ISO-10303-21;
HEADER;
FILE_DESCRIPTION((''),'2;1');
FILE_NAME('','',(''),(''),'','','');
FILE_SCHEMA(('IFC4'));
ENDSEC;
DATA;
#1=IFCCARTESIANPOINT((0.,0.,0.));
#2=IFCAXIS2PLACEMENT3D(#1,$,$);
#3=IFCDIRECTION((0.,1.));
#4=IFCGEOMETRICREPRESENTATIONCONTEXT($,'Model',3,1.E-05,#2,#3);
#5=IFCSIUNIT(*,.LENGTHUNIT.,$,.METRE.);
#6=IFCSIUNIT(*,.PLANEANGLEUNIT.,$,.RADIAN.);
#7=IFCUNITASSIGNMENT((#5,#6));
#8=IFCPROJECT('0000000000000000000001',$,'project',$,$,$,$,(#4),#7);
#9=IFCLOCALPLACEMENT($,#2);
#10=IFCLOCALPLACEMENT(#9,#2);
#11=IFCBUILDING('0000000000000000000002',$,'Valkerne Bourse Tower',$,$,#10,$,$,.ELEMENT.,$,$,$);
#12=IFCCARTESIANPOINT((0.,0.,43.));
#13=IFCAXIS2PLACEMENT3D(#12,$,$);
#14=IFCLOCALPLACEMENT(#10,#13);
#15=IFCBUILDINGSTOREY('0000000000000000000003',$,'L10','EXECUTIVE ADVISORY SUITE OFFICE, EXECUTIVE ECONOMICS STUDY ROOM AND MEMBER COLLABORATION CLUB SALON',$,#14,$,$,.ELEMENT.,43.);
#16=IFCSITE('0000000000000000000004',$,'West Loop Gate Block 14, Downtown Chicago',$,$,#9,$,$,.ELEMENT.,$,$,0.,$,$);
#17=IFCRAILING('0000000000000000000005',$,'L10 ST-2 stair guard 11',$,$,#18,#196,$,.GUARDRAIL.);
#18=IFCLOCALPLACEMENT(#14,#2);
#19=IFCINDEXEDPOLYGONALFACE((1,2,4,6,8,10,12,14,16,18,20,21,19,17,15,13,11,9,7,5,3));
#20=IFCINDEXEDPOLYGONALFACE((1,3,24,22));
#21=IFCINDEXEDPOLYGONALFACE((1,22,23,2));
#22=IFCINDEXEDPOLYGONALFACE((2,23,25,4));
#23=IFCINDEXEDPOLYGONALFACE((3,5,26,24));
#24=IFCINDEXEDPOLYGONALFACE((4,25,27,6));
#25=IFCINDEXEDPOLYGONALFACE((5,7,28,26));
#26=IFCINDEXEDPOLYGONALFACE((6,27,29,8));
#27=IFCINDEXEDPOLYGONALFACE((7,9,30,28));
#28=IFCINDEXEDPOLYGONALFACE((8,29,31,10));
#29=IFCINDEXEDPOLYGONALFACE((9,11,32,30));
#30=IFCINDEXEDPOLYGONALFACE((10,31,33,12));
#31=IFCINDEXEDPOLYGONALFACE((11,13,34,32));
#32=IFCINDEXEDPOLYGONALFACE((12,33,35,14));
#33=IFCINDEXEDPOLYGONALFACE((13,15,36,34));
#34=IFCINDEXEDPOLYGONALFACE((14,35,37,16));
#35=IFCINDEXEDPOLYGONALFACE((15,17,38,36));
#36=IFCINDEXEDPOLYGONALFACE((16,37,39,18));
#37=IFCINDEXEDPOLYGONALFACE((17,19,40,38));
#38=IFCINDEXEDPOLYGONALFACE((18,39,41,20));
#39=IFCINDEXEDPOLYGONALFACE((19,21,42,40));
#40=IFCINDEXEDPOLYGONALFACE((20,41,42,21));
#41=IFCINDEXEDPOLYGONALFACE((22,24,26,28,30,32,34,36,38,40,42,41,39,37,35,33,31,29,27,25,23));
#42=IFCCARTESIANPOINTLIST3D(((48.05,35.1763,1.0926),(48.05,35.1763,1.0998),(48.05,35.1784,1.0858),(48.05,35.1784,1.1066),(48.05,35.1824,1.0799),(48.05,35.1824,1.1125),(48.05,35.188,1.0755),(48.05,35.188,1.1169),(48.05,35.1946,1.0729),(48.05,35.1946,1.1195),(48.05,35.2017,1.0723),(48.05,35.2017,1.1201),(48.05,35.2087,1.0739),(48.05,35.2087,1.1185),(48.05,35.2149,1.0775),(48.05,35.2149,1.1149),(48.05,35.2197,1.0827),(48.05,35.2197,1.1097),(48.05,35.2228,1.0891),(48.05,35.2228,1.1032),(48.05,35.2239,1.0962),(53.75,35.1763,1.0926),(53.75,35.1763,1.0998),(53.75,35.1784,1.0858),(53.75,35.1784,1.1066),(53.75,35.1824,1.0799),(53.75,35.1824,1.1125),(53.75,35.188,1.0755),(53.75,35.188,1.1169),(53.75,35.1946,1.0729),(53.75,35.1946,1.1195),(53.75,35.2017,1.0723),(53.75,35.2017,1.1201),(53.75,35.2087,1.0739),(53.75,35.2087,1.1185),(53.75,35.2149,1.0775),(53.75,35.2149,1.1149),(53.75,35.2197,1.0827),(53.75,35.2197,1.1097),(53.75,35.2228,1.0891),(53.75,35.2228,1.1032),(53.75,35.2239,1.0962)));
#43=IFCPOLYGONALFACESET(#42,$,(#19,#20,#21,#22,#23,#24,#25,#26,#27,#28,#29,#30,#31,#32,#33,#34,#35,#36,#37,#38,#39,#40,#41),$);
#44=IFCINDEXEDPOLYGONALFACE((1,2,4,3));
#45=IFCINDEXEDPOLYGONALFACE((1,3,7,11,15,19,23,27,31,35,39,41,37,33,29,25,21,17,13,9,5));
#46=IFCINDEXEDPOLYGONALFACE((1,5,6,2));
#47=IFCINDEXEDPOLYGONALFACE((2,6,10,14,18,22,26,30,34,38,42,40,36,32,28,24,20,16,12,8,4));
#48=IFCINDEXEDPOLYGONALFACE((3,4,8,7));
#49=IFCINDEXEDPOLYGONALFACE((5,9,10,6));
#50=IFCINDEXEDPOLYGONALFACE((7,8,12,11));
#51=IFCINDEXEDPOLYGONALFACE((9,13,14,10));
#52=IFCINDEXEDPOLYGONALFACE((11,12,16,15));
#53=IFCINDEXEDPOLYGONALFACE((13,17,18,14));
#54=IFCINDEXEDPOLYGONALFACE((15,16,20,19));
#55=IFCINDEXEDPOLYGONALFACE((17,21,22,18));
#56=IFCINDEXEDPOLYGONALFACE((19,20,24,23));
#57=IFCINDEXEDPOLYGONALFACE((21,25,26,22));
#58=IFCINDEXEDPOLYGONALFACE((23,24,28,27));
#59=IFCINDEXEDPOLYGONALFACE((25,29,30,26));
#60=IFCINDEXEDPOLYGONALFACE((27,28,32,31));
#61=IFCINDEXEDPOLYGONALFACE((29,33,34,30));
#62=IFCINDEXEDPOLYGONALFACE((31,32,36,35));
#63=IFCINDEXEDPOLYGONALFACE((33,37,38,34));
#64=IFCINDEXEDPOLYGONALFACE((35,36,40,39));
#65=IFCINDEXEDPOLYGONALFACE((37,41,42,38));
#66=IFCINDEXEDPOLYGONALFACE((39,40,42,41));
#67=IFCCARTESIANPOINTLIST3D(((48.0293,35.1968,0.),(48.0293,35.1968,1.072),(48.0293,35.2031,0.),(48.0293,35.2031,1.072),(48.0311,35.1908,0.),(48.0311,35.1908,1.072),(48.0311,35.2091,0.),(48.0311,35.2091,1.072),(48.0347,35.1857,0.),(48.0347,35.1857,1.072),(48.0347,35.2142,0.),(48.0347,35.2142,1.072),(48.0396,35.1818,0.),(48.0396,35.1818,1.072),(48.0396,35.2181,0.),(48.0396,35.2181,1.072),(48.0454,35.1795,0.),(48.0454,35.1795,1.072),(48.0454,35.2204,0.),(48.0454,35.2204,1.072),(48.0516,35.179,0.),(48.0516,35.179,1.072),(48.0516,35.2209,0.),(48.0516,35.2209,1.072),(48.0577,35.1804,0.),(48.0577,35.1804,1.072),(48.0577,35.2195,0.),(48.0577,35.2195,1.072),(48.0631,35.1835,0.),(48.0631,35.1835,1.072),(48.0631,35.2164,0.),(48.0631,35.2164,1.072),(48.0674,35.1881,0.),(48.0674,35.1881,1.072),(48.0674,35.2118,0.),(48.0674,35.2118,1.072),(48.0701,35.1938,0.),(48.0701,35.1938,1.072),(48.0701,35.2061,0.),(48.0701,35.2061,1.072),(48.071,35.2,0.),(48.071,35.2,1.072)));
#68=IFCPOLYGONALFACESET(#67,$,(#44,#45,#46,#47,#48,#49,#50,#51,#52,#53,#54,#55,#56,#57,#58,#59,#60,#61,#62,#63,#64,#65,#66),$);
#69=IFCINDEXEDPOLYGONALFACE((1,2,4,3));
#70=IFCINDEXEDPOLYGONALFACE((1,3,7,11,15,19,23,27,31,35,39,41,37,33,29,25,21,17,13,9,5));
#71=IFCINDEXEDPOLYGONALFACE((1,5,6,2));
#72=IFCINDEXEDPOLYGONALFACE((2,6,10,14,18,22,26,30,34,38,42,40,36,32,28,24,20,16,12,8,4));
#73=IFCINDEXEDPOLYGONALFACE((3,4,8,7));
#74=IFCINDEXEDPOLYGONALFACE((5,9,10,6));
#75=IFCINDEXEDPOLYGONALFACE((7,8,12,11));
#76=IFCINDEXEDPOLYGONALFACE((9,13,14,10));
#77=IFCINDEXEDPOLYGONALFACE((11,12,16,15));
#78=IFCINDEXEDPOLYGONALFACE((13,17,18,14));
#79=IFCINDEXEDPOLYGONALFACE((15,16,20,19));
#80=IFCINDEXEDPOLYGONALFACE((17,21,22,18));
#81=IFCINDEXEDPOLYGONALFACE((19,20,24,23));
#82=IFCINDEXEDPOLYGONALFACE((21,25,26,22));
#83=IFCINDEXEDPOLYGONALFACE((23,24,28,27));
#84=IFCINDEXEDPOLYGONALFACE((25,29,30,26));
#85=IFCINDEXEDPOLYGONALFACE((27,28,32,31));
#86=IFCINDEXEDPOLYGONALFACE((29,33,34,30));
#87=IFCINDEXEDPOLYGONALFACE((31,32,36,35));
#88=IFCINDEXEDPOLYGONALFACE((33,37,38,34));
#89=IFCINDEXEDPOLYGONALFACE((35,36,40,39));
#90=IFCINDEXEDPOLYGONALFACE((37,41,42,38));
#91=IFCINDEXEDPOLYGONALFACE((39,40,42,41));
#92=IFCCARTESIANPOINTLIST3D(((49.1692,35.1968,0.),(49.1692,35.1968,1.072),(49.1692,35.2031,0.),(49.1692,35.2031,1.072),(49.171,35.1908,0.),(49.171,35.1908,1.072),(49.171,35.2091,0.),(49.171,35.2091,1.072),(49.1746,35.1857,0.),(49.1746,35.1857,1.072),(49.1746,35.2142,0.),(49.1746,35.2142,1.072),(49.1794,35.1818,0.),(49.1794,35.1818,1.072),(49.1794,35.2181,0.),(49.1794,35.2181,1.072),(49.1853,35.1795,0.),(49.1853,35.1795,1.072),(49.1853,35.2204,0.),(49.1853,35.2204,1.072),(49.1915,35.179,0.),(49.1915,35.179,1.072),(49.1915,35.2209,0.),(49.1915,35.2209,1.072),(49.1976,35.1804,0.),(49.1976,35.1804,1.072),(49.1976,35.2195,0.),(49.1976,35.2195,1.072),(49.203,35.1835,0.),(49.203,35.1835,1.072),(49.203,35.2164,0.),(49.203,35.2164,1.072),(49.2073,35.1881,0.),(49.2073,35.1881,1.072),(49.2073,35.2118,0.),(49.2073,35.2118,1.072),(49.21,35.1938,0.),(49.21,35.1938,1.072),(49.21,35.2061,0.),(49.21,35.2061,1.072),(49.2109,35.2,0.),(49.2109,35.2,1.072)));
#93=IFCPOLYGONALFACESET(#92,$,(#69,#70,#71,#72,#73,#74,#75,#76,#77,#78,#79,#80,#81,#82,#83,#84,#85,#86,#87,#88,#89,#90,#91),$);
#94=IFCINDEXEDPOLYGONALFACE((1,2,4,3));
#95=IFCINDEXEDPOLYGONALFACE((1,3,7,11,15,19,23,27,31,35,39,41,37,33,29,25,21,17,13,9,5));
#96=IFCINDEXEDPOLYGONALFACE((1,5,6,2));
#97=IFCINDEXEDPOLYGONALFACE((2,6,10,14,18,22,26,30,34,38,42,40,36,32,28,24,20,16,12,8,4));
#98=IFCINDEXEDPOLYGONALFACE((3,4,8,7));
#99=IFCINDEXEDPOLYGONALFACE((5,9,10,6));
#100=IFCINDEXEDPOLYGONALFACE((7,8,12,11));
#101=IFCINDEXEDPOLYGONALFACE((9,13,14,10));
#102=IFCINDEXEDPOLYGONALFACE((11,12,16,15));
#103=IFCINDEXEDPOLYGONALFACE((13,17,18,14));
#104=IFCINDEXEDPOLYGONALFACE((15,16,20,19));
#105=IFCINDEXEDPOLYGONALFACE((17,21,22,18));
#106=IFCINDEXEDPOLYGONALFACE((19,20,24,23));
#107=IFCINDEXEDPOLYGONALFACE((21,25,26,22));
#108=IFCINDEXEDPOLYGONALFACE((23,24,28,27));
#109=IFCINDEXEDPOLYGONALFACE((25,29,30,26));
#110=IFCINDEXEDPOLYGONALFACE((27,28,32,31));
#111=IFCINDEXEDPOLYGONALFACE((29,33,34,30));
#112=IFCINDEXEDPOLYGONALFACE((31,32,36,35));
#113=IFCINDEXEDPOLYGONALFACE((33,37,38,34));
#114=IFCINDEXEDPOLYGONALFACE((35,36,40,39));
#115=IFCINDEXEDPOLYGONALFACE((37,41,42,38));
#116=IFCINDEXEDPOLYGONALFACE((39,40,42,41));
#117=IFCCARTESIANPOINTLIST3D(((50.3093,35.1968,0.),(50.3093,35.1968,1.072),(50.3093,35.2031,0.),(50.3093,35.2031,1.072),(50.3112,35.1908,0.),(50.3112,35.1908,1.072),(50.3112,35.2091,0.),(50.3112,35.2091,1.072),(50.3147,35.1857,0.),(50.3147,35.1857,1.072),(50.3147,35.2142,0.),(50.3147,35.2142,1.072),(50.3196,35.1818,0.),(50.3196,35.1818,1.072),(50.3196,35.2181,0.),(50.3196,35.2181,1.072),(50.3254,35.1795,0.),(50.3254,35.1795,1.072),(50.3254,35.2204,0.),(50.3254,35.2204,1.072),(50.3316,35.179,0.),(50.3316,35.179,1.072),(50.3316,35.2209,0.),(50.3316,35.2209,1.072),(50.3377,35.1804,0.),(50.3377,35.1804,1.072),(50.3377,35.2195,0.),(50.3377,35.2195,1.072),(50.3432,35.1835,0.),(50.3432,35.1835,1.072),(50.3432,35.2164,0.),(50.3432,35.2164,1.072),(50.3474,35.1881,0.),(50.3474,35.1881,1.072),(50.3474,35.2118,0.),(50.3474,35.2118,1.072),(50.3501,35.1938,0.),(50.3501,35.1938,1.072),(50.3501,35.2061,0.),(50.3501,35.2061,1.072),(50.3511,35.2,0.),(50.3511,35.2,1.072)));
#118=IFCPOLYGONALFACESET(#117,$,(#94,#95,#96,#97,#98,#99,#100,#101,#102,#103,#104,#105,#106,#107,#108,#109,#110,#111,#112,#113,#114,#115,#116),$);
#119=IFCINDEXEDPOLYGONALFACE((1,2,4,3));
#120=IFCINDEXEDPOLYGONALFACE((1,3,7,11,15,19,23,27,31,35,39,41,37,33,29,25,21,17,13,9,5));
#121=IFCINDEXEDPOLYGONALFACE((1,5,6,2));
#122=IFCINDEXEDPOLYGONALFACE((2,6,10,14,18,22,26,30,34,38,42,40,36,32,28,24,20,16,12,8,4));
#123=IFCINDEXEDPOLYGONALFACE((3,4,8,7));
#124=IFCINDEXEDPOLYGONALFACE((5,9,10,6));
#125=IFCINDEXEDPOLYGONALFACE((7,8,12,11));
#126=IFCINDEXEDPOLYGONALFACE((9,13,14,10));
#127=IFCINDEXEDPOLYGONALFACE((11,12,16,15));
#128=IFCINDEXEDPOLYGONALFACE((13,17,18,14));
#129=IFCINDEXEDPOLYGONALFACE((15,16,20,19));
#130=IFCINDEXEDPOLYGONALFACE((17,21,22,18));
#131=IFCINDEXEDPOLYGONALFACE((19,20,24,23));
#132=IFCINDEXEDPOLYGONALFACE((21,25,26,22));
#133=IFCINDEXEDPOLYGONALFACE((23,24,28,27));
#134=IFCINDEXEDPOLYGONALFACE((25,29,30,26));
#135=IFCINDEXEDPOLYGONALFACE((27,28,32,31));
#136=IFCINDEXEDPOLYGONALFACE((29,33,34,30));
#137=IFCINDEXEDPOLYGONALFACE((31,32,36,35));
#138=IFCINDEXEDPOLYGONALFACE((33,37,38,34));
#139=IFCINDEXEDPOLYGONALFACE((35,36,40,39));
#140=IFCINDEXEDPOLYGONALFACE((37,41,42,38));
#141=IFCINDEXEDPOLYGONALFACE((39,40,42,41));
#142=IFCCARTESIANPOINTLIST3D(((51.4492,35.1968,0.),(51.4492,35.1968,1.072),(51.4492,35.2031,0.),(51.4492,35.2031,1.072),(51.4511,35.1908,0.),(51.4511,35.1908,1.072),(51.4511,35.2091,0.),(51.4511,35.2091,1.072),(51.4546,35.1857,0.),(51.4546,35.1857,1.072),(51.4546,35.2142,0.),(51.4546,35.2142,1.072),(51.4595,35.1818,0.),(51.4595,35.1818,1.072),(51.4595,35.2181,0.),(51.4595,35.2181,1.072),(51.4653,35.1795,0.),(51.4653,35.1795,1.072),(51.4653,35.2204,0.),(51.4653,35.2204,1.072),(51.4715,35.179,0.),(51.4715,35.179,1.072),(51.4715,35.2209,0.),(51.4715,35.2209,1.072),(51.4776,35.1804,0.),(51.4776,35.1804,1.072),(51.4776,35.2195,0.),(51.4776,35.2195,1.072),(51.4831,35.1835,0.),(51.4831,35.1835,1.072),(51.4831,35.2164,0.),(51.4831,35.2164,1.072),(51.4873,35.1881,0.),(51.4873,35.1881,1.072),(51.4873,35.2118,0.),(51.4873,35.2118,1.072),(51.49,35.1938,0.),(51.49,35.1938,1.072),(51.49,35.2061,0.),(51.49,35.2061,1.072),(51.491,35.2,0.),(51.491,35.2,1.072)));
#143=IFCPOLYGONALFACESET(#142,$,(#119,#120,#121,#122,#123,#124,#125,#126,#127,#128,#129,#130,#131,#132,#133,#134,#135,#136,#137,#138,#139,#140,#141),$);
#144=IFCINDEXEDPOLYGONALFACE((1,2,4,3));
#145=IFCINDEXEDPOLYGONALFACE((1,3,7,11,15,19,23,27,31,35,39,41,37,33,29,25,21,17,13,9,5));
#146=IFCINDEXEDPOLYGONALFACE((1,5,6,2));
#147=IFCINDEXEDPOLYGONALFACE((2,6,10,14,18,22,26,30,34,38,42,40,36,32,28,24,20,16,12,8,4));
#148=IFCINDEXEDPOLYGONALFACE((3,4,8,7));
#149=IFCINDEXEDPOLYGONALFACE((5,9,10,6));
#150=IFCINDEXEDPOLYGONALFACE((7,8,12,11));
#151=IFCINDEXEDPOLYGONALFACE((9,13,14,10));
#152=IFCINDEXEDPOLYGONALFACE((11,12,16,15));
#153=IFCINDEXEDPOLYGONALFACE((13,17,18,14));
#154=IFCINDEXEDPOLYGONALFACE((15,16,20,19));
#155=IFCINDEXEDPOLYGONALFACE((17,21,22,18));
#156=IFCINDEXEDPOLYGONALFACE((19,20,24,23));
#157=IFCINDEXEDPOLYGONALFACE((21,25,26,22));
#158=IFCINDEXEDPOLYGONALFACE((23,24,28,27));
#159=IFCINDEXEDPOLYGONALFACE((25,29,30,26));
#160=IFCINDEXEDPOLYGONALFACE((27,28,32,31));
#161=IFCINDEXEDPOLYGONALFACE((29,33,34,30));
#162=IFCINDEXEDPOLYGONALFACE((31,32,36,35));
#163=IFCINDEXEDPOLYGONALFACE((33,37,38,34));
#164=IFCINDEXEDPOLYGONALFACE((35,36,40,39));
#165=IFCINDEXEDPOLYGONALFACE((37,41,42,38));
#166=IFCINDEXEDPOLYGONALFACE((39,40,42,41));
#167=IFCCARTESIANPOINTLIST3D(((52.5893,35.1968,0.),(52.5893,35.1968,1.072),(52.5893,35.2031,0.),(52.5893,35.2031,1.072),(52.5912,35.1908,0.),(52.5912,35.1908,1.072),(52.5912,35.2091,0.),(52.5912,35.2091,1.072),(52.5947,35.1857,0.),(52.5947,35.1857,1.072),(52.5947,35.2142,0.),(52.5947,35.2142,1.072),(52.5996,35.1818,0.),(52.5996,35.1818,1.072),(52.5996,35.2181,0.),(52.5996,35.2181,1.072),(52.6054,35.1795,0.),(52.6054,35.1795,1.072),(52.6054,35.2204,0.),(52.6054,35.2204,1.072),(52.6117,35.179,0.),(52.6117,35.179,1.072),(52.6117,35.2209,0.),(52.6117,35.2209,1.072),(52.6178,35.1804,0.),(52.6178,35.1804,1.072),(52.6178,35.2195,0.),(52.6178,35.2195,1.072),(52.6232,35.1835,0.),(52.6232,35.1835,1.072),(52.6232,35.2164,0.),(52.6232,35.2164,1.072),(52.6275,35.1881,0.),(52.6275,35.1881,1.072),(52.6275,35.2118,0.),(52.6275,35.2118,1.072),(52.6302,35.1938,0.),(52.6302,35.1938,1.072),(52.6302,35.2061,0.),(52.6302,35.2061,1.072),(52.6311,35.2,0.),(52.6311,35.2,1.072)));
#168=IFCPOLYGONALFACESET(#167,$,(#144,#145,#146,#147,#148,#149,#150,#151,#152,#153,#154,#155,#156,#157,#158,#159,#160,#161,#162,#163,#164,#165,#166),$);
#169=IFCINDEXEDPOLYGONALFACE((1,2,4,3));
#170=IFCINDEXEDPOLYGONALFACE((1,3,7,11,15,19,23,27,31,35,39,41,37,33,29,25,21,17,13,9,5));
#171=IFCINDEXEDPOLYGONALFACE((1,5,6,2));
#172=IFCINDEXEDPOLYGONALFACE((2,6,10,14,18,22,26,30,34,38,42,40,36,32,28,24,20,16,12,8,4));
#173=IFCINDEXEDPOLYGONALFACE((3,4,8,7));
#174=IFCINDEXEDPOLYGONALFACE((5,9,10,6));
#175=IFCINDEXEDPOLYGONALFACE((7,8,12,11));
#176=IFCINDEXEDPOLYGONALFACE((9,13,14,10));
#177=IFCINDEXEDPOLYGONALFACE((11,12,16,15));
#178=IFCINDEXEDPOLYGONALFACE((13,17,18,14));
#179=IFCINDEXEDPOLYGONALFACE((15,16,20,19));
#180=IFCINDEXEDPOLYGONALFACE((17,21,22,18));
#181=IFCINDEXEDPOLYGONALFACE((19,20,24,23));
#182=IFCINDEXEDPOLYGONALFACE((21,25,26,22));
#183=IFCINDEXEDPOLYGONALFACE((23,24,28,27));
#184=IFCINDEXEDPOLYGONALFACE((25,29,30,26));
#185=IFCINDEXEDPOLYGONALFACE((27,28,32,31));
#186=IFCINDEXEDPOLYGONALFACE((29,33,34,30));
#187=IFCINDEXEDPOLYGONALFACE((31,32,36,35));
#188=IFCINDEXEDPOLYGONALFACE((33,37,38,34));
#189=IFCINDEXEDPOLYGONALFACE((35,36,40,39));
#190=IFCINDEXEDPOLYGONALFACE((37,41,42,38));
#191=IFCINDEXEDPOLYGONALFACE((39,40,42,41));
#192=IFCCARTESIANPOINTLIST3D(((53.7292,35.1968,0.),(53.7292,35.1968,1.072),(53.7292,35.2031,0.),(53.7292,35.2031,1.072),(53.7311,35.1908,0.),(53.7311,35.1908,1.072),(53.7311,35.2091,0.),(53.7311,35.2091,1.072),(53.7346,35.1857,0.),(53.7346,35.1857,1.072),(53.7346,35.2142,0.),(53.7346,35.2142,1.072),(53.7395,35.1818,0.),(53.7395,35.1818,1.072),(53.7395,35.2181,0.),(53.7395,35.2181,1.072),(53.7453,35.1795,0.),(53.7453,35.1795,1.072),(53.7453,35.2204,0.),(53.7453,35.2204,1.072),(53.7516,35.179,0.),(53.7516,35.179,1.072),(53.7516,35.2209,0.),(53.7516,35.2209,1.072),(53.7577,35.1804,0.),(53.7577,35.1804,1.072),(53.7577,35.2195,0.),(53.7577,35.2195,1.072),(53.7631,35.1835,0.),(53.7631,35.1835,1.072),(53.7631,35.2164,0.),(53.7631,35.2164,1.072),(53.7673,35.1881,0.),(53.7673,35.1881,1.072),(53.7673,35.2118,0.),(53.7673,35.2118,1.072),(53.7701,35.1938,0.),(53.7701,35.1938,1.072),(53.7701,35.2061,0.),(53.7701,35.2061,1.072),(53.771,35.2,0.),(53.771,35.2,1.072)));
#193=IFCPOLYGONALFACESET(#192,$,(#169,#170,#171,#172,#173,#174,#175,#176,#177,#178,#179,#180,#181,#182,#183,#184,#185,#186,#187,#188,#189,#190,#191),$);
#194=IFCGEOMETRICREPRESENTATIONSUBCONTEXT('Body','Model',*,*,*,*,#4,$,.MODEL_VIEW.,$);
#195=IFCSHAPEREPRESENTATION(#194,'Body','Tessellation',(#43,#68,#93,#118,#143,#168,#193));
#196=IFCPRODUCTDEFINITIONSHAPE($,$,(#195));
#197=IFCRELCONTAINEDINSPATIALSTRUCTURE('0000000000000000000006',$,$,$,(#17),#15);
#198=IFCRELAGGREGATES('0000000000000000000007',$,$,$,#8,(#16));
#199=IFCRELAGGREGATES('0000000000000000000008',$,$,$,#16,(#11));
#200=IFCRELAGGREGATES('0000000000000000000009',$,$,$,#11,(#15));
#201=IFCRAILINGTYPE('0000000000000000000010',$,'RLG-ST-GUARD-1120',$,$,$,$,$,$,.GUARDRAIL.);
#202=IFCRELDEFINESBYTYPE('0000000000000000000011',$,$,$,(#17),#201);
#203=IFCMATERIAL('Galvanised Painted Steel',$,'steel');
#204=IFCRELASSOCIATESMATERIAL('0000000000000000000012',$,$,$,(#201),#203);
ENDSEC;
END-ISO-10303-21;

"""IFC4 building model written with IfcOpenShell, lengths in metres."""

from ifc_helpers import new_model, si_unit, direction, frame, origin, origin_2d, place, context, subcontext, project, spatial, circle, extrude, material, type_object, element, save


model = new_model("IFC4")

# Units and contexts
model_context = context("Model", 3, precision=1e-05, world=origin(), true_north=direction((0.0, 1.0)))
body_context = subcontext(model_context, "Body", "Model", "MODEL_VIEW")
ifc_project = project(units=[si_unit("LENGTHUNIT", "METRE"), si_unit("PLANEANGLEUNIT", "RADIAN")], contexts=[model_context])

# Site, building, storey
site_placement = place(None, origin())
site = spatial("IfcSite", under=ifc_project, at=site_placement, Name="West Loop Gate Block 14, Downtown Chicago", CompositionType="ELEMENT", RefElevation=0.0)
building_placement = place(site_placement, origin())
building = spatial("IfcBuilding", under=site, at=building_placement, Name="Valkerne Bourse Tower", CompositionType="ELEMENT")
storey_placement = place(building_placement, frame((0.0, 0.0, 43.0)))
storey = spatial("IfcBuildingStorey", under=building, at=storey_placement, Name="L10", Description="EXECUTIVE ADVISORY SUITE OFFICE, EXECUTIVE ECONOMICS STUDY ROOM AND MEMBER COLLABORATION CLUB SALON", CompositionType="ELEMENT", Elevation=43.0)

# Shared definitions
ifc_material_1 = material(Name="Galvanised Painted Steel", Category="steel")

# Railing
railing_type_1 = type_object("IfcRailingType", Name="RLG-ST-GUARD-1120", PredefinedType="GUARDRAIL", material=ifc_material_1)
for number, where, name in (
    (1, (48.05, 35.2, 0.0), "L10 ST-2 stair guard 11"),
):
    element("IfcRailing", number, at=place(storey_placement, frame(where)), inside=storey, type_object=railing_type_1, Name=name, PredefinedType="GUARDRAIL", context=body_context, shape_type="SweptSolid", body=[
        extrude(circle(Radius=0.0239, at=origin_2d()), frame((0.0, 0.0, 1.0962), z_axis=(1.0, 0.0, 0.0), x_axis=(0.0, 1.0, 0.0)), (0.0, 0.0, 1.0), 5.7),
        extrude(circle(Radius=0.021, at=origin_2d()), origin(), (0.0, 0.0, 1.0), 1.072),
        extrude(circle(Radius=0.021, at=origin_2d()), frame((1.1399, 0.0, 0.0)), (0.0, 0.0, 1.0), 1.072),
        extrude(circle(Radius=0.021, at=origin_2d()), frame((2.28, 0.0, 0.0)), (0.0, 0.0, 1.0), 1.072),
        extrude(circle(Radius=0.021, at=origin_2d()), frame((3.4199, 0.0, 0.0)), (0.0, 0.0, 1.0), 1.072),
        extrude(circle(Radius=0.021, at=origin_2d()), frame((4.5601, 0.0, 0.0)), (0.0, 0.0, 1.0), 1.072),
        extrude(circle(Radius=0.021, at=origin_2d()), frame((5.7, 0.0, 0.0)), (0.0, 0.0, 1.0), 1.072),
    ])

save(model, "model.ifc")
